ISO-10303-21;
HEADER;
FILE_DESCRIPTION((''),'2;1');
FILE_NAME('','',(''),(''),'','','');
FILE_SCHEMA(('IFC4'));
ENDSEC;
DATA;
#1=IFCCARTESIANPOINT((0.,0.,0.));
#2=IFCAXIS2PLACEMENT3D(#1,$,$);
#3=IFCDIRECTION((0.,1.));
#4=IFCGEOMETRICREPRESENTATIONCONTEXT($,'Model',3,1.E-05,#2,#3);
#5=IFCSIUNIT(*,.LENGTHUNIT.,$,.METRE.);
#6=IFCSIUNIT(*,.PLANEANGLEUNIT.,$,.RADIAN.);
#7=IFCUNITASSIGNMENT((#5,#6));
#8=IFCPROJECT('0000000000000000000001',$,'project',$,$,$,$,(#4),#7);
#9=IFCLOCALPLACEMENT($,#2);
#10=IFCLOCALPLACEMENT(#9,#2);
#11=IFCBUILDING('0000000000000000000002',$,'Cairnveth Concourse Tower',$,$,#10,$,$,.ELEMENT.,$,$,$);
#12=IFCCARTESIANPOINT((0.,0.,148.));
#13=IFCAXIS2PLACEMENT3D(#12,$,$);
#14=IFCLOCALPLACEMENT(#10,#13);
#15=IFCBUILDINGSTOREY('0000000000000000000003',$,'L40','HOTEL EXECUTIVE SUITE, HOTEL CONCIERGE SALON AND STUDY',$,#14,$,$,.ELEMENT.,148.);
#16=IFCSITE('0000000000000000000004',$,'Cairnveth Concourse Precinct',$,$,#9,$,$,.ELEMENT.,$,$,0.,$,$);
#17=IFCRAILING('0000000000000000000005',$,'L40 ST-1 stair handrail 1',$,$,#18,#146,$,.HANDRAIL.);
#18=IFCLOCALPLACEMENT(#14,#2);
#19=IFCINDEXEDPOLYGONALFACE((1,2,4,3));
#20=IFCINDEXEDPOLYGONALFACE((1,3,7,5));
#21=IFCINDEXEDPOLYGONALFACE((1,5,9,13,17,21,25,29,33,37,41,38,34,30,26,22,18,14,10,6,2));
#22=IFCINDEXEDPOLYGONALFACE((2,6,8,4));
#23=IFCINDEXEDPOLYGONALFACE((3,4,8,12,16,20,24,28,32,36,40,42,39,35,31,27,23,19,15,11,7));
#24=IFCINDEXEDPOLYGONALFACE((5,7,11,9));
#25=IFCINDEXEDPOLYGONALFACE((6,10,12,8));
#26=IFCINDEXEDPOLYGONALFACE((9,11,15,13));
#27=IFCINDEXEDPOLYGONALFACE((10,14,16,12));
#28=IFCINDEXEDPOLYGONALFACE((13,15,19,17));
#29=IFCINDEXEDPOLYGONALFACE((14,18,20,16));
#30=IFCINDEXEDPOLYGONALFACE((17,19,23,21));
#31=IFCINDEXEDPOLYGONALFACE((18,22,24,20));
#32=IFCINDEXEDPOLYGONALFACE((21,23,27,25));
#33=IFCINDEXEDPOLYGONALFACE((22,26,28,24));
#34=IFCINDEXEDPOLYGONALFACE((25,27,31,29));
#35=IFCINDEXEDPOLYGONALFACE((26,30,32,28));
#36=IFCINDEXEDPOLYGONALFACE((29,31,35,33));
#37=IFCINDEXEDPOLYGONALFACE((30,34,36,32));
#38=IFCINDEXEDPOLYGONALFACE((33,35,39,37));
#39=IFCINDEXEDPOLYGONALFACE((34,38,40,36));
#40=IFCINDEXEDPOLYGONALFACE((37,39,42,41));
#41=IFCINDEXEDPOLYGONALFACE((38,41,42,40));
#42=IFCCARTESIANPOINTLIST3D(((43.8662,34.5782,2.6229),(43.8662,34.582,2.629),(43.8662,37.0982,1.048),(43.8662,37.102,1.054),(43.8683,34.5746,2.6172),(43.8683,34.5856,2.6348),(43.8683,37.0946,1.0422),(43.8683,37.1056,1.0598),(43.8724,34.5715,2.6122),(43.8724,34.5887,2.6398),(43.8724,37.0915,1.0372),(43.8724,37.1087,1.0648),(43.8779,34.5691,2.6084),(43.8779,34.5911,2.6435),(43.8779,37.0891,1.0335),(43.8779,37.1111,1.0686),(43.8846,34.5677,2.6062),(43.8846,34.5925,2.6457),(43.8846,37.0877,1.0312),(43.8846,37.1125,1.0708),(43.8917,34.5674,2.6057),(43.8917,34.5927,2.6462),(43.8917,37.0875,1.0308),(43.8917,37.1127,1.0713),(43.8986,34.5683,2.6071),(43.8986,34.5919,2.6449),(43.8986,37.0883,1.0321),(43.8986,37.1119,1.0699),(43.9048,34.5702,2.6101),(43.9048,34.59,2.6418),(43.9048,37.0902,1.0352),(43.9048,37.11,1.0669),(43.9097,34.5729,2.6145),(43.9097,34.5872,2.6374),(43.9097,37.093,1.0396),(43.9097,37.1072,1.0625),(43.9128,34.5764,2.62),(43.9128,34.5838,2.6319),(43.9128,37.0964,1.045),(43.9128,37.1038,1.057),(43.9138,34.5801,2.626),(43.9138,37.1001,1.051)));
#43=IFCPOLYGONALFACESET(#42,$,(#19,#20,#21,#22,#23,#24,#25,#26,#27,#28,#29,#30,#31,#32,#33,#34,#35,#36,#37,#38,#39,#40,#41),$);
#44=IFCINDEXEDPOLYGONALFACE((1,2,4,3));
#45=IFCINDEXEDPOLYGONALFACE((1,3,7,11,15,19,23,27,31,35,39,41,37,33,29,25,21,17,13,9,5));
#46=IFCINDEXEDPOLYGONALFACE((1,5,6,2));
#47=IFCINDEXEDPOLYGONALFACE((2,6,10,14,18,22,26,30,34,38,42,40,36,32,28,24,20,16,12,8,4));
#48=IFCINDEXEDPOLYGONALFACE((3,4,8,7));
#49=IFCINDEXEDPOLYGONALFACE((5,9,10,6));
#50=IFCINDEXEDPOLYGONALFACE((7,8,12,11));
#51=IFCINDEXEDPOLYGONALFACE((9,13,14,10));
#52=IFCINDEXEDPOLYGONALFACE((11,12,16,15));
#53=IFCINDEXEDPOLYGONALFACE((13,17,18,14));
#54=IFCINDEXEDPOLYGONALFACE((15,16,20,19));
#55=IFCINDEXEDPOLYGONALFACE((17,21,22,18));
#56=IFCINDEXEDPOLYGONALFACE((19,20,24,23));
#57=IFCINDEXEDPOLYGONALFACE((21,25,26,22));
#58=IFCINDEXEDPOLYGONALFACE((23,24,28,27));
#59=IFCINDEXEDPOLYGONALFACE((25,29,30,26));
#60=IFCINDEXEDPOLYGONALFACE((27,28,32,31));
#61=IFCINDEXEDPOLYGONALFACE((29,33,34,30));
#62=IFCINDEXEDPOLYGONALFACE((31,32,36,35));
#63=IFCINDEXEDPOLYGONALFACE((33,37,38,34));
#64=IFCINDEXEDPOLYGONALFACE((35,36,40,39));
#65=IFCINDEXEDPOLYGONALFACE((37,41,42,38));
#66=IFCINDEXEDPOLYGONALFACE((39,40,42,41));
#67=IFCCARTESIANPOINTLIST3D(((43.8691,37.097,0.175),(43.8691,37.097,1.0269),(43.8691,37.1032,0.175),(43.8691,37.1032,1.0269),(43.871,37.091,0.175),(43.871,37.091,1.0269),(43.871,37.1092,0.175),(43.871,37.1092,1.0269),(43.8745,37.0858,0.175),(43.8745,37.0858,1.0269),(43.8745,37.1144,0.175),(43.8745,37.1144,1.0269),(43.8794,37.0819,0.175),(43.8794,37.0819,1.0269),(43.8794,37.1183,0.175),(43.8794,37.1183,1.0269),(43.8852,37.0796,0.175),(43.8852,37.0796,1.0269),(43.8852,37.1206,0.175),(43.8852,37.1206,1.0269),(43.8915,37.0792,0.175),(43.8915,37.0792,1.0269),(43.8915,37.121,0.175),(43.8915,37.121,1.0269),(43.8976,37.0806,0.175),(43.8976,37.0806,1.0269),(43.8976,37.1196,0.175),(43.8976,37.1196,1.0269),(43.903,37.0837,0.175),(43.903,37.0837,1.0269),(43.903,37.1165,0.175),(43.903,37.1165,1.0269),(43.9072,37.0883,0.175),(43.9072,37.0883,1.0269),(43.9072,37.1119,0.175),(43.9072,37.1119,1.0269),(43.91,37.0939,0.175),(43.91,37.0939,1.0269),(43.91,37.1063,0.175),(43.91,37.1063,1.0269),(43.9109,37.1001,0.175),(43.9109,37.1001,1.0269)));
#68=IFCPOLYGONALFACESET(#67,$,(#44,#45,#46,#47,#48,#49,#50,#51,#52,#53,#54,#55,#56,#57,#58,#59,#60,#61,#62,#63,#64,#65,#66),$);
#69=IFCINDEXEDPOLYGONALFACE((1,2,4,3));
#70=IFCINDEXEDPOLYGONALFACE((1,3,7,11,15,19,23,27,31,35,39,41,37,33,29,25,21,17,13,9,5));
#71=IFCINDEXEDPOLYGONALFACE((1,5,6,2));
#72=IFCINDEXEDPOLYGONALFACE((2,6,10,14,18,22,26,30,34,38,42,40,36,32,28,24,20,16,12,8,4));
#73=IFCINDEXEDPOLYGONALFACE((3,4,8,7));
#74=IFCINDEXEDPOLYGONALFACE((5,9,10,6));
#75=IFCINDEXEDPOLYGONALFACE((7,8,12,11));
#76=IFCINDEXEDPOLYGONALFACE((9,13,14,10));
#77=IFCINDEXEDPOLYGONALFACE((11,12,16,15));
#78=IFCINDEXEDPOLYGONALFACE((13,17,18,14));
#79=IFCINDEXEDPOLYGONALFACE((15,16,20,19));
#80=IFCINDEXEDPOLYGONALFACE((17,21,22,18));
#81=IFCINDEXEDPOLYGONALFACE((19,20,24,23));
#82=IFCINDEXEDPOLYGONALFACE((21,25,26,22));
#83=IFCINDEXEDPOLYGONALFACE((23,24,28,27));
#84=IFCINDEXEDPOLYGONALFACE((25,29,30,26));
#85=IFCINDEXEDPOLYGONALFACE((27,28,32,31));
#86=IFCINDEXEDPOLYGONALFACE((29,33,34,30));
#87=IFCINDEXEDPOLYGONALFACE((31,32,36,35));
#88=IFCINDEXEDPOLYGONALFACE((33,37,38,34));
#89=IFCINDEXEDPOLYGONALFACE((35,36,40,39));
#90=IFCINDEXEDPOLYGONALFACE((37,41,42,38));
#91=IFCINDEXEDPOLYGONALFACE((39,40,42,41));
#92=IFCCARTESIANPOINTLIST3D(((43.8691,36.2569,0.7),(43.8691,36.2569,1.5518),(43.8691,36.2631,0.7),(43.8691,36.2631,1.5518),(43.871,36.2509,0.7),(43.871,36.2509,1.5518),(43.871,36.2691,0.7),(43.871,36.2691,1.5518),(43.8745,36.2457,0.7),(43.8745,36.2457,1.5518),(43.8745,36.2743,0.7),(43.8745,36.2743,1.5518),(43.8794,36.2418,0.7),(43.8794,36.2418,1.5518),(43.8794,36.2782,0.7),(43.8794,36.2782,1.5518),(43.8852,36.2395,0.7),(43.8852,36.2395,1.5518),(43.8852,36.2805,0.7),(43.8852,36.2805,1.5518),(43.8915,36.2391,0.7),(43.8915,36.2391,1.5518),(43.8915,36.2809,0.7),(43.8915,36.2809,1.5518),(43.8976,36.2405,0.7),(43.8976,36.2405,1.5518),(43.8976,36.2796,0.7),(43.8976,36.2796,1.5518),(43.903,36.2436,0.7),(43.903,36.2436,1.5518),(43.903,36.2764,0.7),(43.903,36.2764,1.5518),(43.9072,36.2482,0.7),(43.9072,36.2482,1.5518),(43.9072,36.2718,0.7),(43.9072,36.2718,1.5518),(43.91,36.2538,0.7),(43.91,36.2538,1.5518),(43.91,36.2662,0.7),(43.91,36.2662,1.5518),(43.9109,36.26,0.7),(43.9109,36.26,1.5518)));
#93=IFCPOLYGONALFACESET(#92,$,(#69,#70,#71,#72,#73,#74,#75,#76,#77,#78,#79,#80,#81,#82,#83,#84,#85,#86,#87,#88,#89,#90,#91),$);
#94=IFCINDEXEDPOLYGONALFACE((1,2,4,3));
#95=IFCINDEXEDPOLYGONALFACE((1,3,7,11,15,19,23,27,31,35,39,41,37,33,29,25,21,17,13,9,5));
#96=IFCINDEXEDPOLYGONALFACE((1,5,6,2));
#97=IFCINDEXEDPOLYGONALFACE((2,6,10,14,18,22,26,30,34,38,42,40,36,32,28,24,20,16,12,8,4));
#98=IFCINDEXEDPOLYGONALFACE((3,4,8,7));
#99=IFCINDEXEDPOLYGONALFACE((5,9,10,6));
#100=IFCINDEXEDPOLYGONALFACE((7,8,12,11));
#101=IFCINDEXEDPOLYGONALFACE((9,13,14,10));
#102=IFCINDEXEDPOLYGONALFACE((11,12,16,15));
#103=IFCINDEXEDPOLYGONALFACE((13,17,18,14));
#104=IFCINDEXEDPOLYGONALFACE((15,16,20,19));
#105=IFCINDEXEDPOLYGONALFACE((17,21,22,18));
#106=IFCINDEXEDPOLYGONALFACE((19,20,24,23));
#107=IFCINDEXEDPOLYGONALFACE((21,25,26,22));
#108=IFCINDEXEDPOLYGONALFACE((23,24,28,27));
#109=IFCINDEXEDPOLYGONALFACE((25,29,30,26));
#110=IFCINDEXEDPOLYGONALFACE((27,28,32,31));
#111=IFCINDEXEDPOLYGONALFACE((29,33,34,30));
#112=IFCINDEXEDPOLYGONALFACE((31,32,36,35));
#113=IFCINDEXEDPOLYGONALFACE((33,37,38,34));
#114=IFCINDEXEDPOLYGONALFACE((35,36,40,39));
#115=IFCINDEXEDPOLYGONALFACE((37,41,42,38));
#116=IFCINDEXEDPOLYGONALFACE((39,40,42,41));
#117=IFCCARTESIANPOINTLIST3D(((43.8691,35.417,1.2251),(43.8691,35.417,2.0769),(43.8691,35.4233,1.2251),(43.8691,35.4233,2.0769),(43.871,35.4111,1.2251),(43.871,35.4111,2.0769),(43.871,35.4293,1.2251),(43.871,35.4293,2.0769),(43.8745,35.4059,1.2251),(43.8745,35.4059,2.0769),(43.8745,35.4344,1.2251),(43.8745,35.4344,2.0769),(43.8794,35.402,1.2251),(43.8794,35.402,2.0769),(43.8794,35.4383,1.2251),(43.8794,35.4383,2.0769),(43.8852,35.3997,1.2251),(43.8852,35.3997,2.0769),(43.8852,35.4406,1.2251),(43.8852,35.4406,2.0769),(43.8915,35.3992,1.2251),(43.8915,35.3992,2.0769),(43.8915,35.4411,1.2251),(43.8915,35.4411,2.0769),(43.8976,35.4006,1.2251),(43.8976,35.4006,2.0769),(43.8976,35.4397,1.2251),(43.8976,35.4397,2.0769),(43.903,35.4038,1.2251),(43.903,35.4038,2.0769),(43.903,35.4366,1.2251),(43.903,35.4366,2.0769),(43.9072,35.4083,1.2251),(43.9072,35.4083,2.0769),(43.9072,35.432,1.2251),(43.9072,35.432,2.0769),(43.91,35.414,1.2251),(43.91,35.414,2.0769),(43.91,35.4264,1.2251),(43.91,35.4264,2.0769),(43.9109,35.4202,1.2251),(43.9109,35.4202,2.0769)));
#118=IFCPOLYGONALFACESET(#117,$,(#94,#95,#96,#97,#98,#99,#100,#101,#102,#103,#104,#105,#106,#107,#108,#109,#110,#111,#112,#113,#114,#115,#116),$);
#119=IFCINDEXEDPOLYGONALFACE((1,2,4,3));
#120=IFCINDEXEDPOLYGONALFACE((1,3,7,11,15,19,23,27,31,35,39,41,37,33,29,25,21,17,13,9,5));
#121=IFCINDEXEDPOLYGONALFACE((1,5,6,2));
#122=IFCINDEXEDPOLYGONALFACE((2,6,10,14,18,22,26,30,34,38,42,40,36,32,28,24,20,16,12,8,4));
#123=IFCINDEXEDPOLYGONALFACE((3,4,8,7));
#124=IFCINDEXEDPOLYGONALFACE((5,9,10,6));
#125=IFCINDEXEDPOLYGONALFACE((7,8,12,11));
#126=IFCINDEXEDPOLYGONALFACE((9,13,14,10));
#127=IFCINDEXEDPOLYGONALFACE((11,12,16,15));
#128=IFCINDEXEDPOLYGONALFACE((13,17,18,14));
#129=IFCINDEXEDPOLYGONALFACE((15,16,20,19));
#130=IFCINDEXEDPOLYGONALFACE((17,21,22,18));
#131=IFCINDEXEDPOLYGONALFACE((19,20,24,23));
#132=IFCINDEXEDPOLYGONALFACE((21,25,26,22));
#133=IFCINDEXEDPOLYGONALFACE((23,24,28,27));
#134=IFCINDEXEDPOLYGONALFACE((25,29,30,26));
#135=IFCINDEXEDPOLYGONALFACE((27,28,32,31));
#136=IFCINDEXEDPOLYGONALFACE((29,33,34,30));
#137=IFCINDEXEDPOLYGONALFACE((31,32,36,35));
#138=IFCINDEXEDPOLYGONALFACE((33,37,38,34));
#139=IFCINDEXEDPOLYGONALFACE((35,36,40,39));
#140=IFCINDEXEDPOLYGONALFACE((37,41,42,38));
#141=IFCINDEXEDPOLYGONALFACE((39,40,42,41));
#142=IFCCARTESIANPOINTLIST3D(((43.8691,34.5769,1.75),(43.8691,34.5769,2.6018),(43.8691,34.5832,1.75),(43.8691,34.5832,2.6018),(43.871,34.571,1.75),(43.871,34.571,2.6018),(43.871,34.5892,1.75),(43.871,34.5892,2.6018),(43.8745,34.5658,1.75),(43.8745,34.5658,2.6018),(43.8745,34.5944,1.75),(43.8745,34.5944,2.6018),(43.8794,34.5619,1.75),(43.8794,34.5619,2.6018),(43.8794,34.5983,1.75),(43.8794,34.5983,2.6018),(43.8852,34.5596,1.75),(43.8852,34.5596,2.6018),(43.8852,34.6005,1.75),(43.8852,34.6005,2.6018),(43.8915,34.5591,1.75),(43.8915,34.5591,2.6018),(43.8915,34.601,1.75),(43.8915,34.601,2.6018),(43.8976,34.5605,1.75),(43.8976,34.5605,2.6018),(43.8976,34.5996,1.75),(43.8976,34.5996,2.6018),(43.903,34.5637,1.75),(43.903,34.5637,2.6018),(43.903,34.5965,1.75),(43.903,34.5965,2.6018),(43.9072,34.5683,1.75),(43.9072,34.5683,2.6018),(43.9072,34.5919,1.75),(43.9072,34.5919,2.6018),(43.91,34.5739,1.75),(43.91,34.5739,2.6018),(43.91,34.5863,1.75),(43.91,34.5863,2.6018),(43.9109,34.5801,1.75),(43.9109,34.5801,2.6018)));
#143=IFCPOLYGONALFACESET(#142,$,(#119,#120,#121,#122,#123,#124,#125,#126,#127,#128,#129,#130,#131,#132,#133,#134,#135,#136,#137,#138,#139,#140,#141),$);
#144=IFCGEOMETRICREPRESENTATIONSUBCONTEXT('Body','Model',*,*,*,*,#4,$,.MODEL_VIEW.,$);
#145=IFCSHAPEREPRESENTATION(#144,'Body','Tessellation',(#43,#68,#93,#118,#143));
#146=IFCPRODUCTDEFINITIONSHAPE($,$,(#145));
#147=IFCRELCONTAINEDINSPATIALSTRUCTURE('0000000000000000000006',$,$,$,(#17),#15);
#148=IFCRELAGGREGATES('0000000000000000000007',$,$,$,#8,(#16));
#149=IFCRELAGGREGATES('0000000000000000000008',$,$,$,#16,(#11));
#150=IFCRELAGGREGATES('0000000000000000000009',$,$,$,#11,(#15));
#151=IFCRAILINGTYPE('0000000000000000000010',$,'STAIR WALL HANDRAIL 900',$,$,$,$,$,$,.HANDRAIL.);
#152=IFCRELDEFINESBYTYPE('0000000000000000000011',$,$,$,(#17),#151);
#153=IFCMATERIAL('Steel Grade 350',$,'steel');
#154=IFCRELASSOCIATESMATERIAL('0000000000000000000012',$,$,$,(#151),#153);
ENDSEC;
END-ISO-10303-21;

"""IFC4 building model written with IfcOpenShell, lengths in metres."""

from ifc_helpers import new_model, si_unit, direction, frame, origin, origin_2d, place, context, subcontext, project, spatial, circle, extrude, material, type_object, element, save


model = new_model("IFC4")

# Units and contexts
model_context = context("Model", 3, precision=1e-05, world=origin(), true_north=direction((0.0, 1.0)))
body_context = subcontext(model_context, "Body", "Model", "MODEL_VIEW")
ifc_project = project(units=[si_unit("LENGTHUNIT", "METRE"), si_unit("PLANEANGLEUNIT", "RADIAN")], contexts=[model_context])

# Site, building, storey
site_placement = place(None, origin())
site = spatial("IfcSite", under=ifc_project, at=site_placement, Name="Cairnveth Concourse Precinct", CompositionType="ELEMENT", RefElevation=0.0)
building_placement = place(site_placement, origin())
building = spatial("IfcBuilding", under=site, at=building_placement, Name="Cairnveth Concourse Tower", CompositionType="ELEMENT")
storey_placement = place(building_placement, frame((0.0, 0.0, 148.0)))
storey = spatial("IfcBuildingStorey", under=building, at=storey_placement, Name="L40", Description="HOTEL EXECUTIVE SUITE, HOTEL CONCIERGE SALON AND STUDY", CompositionType="ELEMENT", Elevation=148.0)

# Shared definitions
ifc_material_1 = material(Name="Steel Grade 350", Category="steel")

# Railing
railing_type_1 = type_object("IfcRailingType", Name="STAIR WALL HANDRAIL 900", PredefinedType="HANDRAIL", material=ifc_material_1)
railing_1_placement = place(storey_placement, frame((43.8899, 37.1001, 0.175)))
element("IfcRailing", 1, at=railing_1_placement, inside=storey, type_object=railing_type_1, Name="L40 ST-1 stair handrail 1", PredefinedType="HANDRAIL", context=body_context, shape_type="SweptSolid", body=[
    extrude(circle(Radius=0.0239, at=origin_2d()), frame((0.0, 0.0, 0.876), z_axis=(0.0, -0.848008, 0.529984), x_axis=(1.0, 0.0, 0.0)), (0.0, 0.0, 1.0), 2.9717),
    extrude(circle(Radius=0.021, at=origin_2d()), origin(), (0.0, 0.0, 1.0), 0.8518),
    extrude(circle(Radius=0.021, at=origin_2d()), frame((0.0, -0.8401, 0.5249)), (0.0, 0.0, 1.0), 0.8518),
    extrude(circle(Radius=0.021, at=origin_2d()), frame((0.0, -1.6799, 1.05)), (0.0, 0.0, 1.0), 0.8518),
    extrude(circle(Radius=0.021, at=origin_2d()), frame((0.0, -2.52, 1.575)), (0.0, 0.0, 1.0), 0.8518),
])

save(model, "model.ifc")
